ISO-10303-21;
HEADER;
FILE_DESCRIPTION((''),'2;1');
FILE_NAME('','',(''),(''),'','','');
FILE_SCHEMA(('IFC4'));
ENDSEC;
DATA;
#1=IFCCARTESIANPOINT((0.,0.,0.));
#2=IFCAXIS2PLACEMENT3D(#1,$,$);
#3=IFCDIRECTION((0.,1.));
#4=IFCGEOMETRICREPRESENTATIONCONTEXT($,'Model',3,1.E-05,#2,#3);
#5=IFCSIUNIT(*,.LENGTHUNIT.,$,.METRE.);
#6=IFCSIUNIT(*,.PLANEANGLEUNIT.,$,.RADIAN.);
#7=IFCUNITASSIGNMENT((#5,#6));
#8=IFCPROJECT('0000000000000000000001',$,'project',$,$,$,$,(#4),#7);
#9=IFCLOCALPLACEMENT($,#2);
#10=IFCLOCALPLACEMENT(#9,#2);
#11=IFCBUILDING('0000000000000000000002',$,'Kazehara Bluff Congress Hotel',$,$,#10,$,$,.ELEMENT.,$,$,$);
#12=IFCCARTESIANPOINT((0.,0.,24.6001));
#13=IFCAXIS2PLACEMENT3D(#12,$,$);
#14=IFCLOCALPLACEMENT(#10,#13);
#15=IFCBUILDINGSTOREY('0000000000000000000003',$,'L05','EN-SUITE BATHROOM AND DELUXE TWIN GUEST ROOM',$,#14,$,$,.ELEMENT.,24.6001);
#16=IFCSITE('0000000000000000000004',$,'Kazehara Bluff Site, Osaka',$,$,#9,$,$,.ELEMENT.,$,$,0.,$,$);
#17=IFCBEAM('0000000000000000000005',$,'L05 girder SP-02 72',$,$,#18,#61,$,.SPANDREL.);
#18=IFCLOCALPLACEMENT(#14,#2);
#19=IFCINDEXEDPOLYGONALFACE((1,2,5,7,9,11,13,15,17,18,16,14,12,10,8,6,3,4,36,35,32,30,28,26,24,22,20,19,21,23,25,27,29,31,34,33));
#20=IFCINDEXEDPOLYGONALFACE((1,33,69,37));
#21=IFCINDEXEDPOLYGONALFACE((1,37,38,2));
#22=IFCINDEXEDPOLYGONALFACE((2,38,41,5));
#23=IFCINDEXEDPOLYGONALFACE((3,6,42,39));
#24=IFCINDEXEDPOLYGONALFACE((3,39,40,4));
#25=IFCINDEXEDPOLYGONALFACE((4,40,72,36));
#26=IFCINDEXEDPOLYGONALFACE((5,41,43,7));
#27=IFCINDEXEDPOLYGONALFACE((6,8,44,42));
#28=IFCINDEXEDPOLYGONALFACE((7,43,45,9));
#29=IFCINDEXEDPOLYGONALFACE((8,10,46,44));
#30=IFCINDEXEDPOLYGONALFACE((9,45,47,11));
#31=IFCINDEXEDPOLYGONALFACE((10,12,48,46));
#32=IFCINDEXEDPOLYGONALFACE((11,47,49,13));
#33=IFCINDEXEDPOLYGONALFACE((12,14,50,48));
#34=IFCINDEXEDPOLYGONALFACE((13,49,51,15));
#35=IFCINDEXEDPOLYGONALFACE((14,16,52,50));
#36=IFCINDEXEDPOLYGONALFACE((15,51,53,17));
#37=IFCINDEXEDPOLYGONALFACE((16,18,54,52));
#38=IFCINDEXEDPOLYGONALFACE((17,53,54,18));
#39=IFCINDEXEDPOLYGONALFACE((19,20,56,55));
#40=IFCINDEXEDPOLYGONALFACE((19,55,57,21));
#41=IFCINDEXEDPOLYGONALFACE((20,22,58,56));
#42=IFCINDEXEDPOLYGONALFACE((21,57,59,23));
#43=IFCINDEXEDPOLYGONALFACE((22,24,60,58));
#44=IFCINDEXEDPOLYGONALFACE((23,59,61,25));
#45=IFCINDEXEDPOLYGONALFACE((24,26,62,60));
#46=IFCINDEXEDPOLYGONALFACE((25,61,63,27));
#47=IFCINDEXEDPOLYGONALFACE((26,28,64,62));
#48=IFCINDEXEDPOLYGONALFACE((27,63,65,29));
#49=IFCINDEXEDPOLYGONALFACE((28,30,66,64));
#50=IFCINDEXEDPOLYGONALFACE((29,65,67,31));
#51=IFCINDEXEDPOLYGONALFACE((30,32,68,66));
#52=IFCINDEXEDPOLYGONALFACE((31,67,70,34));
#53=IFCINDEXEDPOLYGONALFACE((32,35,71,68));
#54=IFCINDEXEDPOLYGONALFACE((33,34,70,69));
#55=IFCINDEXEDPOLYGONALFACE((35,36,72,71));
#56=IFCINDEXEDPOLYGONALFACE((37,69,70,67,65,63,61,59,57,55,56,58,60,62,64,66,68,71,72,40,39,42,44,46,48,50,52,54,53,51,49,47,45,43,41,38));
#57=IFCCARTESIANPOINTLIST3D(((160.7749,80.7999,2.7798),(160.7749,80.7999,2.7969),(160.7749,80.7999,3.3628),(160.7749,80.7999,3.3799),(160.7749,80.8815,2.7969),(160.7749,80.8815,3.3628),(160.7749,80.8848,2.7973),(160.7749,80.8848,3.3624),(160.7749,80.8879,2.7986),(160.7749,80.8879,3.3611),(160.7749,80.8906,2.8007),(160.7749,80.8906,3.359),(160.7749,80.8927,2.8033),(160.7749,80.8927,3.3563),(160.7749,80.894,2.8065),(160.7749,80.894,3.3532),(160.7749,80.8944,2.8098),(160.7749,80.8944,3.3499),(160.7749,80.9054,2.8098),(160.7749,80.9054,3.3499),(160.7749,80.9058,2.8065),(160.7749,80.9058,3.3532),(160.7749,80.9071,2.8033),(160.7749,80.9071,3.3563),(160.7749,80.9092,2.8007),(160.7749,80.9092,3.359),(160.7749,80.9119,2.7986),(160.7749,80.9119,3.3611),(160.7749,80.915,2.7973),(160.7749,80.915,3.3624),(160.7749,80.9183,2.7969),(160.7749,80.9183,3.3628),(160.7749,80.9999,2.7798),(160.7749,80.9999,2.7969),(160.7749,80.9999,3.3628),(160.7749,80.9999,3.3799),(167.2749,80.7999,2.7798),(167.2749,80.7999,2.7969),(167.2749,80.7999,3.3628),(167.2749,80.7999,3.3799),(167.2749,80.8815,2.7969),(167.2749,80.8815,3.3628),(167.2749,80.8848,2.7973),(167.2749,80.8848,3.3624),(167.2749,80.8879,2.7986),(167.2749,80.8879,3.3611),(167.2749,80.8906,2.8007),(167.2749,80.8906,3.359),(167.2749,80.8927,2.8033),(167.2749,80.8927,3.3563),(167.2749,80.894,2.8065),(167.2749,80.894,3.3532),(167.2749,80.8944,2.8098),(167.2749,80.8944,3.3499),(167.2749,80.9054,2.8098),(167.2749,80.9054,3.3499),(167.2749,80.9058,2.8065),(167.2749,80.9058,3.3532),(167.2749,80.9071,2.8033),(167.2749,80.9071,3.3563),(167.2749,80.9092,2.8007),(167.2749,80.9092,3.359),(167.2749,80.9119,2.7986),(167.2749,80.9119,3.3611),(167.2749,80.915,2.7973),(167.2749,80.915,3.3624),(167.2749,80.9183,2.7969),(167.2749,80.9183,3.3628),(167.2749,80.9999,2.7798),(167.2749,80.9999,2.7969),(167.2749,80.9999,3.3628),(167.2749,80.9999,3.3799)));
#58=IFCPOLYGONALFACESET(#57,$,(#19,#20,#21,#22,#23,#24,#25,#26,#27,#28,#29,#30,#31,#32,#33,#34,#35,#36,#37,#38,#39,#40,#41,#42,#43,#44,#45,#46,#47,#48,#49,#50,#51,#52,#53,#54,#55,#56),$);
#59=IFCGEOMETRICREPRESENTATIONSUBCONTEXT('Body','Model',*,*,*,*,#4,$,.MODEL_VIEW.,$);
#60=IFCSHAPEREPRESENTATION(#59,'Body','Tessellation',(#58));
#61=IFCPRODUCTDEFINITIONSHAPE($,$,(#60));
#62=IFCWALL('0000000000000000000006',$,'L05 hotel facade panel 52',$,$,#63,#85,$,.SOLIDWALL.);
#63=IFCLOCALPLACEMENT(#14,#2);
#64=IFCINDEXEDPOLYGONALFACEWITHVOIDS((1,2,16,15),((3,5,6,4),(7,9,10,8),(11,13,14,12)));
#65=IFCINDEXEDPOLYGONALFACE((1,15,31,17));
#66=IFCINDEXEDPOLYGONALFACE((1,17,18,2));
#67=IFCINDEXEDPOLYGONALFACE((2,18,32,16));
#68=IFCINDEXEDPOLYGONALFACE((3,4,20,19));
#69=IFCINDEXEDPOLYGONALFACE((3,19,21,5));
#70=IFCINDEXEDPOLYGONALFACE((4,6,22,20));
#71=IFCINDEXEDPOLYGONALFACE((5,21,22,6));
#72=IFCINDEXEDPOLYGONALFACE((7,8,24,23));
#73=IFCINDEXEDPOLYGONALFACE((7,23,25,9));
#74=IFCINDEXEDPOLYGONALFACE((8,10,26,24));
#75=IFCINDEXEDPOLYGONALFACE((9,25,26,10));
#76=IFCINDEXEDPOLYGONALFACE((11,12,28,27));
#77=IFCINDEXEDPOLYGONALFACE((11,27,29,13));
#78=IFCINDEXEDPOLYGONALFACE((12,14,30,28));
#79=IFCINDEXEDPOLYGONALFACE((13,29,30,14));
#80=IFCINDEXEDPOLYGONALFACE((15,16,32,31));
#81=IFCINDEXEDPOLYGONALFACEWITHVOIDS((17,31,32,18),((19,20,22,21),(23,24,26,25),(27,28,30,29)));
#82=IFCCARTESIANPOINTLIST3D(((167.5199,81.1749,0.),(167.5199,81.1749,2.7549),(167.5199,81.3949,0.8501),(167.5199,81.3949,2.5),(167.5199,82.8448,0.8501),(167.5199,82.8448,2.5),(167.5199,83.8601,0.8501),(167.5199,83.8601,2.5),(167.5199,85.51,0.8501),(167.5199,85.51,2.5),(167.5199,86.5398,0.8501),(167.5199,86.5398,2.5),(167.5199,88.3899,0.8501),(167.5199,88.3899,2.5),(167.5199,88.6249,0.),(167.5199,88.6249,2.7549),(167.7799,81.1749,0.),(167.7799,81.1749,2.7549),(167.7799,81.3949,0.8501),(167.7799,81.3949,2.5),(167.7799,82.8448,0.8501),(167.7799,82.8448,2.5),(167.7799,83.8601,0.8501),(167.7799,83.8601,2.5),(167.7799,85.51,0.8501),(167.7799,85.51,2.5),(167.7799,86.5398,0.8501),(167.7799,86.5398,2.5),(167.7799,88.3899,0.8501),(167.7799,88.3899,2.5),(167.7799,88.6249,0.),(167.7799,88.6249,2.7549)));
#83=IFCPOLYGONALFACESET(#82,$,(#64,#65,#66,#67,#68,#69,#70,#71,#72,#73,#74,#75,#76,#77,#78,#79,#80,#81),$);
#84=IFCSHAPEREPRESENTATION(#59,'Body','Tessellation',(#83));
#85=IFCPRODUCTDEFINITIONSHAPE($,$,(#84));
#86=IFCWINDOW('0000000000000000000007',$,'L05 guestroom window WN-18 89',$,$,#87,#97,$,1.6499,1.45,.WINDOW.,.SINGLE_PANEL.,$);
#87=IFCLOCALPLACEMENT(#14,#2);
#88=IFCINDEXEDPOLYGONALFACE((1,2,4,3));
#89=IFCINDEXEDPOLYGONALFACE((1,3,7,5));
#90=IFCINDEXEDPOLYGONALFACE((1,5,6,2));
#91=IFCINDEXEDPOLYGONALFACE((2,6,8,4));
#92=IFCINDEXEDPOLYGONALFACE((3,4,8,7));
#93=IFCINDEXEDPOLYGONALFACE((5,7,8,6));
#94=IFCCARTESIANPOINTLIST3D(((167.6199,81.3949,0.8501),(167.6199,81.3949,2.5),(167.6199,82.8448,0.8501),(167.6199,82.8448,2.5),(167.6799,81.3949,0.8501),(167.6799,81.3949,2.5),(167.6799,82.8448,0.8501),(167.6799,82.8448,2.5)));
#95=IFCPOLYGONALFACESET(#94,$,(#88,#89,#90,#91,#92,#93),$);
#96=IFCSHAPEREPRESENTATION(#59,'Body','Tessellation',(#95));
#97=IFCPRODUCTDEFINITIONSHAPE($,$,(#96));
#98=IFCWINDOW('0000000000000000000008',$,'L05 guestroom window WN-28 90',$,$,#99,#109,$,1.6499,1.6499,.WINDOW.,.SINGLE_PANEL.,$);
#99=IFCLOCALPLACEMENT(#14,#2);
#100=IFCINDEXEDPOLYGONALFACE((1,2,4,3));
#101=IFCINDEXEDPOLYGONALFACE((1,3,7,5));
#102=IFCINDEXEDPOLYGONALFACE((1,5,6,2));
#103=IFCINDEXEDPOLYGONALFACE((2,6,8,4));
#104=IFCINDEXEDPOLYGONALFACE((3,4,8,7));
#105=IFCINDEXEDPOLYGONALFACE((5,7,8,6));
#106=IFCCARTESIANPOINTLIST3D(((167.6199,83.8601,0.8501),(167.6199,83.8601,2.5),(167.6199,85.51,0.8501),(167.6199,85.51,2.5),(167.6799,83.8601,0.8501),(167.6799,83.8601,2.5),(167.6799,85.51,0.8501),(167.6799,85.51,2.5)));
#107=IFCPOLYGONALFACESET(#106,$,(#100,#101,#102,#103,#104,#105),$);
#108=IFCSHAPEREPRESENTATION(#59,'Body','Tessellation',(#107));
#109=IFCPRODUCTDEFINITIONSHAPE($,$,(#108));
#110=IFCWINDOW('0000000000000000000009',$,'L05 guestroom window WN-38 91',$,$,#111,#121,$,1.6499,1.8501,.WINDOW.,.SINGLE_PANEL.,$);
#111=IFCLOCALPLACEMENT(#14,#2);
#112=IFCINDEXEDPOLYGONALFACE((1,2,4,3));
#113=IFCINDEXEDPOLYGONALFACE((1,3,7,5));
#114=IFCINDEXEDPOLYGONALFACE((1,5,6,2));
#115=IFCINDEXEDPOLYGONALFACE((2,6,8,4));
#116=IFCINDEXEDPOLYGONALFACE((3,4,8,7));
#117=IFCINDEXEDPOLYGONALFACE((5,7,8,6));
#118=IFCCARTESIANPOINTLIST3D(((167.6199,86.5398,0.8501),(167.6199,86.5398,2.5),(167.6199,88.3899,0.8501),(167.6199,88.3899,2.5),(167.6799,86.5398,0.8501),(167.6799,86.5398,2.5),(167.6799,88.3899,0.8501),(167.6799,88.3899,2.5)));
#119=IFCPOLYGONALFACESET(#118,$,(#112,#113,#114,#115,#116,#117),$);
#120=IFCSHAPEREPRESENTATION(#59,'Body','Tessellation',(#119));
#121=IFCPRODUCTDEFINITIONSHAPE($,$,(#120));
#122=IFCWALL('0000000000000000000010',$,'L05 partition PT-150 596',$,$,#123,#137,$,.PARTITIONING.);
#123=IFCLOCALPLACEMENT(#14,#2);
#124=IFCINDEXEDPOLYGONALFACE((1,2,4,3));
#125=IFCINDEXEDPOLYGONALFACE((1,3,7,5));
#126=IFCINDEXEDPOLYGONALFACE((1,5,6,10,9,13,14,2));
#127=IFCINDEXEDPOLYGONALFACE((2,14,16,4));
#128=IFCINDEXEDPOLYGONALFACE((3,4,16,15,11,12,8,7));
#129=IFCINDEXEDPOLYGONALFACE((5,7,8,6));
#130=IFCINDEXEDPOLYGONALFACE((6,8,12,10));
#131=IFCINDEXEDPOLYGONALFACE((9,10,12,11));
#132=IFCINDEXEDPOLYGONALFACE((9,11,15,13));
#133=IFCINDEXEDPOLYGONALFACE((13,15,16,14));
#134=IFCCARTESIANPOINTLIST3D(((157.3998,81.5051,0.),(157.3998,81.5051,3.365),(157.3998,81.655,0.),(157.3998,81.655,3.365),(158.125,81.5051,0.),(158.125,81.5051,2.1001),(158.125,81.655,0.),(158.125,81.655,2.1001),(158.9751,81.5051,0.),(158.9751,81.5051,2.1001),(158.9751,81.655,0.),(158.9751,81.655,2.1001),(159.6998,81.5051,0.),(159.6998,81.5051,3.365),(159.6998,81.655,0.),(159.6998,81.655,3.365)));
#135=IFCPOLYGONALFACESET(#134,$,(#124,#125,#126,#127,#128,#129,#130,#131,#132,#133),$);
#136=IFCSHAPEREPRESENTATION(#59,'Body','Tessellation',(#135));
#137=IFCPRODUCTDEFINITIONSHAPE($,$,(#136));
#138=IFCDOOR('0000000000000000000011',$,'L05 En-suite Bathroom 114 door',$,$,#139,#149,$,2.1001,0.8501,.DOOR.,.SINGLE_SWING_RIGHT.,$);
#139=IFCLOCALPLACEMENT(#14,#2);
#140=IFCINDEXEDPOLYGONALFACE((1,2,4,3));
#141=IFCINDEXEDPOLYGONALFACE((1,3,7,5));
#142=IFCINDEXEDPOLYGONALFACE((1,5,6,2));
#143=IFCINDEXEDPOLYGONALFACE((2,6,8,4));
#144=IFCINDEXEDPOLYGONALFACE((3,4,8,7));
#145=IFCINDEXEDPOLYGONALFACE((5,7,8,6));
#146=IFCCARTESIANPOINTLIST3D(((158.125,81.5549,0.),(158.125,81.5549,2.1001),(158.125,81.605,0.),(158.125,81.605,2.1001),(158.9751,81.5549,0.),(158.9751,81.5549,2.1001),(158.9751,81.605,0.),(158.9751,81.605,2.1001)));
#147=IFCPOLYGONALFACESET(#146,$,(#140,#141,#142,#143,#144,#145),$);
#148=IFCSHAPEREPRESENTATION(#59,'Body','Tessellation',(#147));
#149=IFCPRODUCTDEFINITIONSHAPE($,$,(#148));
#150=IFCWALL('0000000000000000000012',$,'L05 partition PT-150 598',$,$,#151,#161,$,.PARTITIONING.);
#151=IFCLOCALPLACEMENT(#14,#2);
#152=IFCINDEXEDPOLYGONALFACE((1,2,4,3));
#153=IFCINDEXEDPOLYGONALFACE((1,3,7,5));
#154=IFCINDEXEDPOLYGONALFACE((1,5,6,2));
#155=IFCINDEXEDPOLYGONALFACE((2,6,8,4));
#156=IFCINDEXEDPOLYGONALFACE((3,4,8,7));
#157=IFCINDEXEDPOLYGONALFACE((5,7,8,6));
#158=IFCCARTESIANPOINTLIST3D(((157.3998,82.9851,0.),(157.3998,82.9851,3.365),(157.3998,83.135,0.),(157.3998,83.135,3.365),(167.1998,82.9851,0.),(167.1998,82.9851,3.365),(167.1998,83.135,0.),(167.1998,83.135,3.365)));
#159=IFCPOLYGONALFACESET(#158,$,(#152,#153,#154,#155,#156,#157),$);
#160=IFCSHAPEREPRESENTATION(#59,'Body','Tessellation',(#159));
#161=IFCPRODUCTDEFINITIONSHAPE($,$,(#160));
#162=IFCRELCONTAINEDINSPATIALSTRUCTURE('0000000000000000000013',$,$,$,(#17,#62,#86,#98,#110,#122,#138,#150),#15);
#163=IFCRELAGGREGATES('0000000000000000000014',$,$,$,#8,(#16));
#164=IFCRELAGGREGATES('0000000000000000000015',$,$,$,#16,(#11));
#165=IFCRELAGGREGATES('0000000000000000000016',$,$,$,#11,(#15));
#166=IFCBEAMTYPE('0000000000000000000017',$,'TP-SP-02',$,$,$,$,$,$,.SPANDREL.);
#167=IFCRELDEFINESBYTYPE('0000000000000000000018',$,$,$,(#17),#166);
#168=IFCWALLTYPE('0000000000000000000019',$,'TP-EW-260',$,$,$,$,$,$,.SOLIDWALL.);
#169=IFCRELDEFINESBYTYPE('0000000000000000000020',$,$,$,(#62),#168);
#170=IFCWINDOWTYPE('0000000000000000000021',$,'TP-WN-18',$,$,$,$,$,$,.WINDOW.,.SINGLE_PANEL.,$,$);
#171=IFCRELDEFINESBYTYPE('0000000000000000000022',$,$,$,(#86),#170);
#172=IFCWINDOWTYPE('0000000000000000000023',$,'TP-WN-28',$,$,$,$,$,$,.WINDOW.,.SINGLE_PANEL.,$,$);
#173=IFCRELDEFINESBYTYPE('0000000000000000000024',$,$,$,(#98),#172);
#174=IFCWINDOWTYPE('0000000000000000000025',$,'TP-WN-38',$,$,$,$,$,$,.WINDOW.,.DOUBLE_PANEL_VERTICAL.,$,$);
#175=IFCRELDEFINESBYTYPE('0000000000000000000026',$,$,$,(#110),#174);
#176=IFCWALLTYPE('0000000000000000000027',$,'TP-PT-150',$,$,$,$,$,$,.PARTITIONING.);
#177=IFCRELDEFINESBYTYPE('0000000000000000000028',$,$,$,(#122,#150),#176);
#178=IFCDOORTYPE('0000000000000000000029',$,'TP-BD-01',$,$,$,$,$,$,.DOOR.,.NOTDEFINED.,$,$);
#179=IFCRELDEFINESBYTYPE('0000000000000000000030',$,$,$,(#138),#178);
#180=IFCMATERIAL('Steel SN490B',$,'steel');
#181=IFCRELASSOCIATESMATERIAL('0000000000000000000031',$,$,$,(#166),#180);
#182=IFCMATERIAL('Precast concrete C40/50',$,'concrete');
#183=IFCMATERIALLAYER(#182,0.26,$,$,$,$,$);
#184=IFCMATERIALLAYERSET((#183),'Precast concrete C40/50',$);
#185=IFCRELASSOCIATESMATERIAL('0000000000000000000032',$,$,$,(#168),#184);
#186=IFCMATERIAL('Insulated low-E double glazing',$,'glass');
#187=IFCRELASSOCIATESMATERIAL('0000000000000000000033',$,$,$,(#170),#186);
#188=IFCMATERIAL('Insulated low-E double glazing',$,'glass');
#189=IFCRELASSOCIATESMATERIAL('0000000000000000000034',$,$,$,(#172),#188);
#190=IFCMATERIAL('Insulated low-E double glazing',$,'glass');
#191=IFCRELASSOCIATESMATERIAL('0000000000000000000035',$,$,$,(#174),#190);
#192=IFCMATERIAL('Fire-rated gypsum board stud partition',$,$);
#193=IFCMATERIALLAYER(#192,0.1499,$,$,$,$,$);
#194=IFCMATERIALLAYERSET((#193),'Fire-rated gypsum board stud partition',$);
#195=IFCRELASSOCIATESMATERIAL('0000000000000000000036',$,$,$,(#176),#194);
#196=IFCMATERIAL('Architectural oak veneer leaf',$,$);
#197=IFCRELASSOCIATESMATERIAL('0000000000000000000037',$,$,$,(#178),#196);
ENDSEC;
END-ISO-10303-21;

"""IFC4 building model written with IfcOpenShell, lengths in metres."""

from ifc_helpers import new_model, si_unit, direction, frame, frame_2d, origin, origin_2d, place, context, subcontext, project, spatial, rectangle, i_section, extrude, material, layer, layer_set, material_profile, profile_set, type_object, element, fill, save


model = new_model("IFC4")

# Units and contexts
model_context = context("Model", 3, precision=1e-05, world=origin(), true_north=direction((0.0, 1.0)))
body_context = subcontext(model_context, "Body", "Model", "MODEL_VIEW")
ifc_project = project(units=[si_unit("LENGTHUNIT", "METRE"), si_unit("PLANEANGLEUNIT", "RADIAN")], contexts=[model_context])

# Site, building, storey
site_placement = place(None, origin())
site = spatial("IfcSite", under=ifc_project, at=site_placement, Name="Kazehara Bluff Site, Osaka", CompositionType="ELEMENT", RefElevation=0.0)
building_placement = place(site_placement, origin())
building = spatial("IfcBuilding", under=site, at=building_placement, Name="Kazehara Bluff Congress Hotel", CompositionType="ELEMENT")
storey_placement = place(building_placement, frame((0.0, 0.0, 24.6001)))
storey = spatial("IfcBuildingStorey", under=building, at=storey_placement, Name="L05", Description="EN-SUITE BATHROOM AND DELUXE TWIN GUEST ROOM", CompositionType="ELEMENT", Elevation=24.6001)

# Beam
ifc_material_1 = material(Name="Steel SN490B", Category="steel")
ifc_material_profile_1 = material_profile(ifc_material_1, i_section(OverallWidth=0.2, OverallDepth=0.6001, WebThickness=0.011, FlangeThickness=0.0171, FilletRadius=0.0129, at=origin_2d()))
ifc_profile_set_1 = profile_set([ifc_material_profile_1], Name="Steel SN490B")
beam_type_1 = type_object("IfcBeamType", Name="TP-SP-02", PredefinedType="SPANDREL", material=ifc_profile_set_1)
beam_1_placement = place(storey_placement, frame((160.7749, 80.8999, 3.0798), z_axis=(1.0, 0.0, 0.0), x_axis=(0.0, 1.0, 0.0)))
element("IfcBeam", 1, at=beam_1_placement, inside=storey, type_object=beam_type_1, Name="L05 girder SP-02 72", PredefinedType="SPANDREL", context=body_context, shape_type="SweptSolid", body=[
    extrude(i_section(OverallWidth=0.2, OverallDepth=0.6001, WebThickness=0.011, FlangeThickness=0.0171, FilletRadius=0.0129, at=origin_2d()), origin(), (0.0, 0.0, 1.0), 6.5),
])

# Wall, openings, windows
ifc_material_2 = material(Name="Precast concrete C40/50", Category="concrete")
ifc_layer_1 = layer(ifc_material_2, 0.26)
ifc_layer_set_1 = layer_set([ifc_layer_1], Name="Precast concrete C40/50")
wall_type_1 = type_object("IfcWallType", Name="TP-EW-260", PredefinedType="SOLIDWALL", material=ifc_layer_set_1)
wall_1_placement = place(storey_placement, frame((167.6499, 88.625, 0.0), z_axis=(0.0, 0.0, 1.0), x_axis=(0.0, -1.0, 0.0)))
wall_1 = element("IfcWall", 2, at=wall_1_placement, inside=storey, type_object=wall_type_1, Name="L05 hotel facade panel 52", PredefinedType="SOLIDWALL", context=body_context, shape_type="SweptSolid", body=[
    extrude(rectangle(XDim=7.45, YDim=0.26, at=frame_2d((3.7251, 0.0))), origin(), (0.0, 0.0, 1.0), 2.7549),
])
opening_1_placement = place(wall_1_placement, frame((5.78, 0.0, 0.8501)))
opening_1 = element("IfcOpeningElement", 3, at=opening_1_placement, cuts=wall_1, PredefinedType="OPENING", context=body_context, shape_type="SweptSolid", body=[
    extrude(rectangle(XDim=1.45, YDim=1.6499, at=frame_2d((0.7251, 0.825))), frame((0.0, 0.1399, 0.0), z_axis=(0.0, -1.0, 0.0), x_axis=(1.0, 0.0, 0.0)), (0.0, 0.0, 1.0), 0.28),
])
opening_2_placement = place(wall_1_placement, frame((3.115, 0.0, 0.8501)))
opening_2 = element("IfcOpeningElement", 4, at=opening_2_placement, cuts=wall_1, PredefinedType="OPENING", context=body_context, shape_type="SweptSolid", body=[
    extrude(rectangle(XDim=1.6499, YDim=1.6499, at=frame_2d((0.825, 0.825))), frame((0.0, 0.1399, 0.0), z_axis=(0.0, -1.0, 0.0), x_axis=(1.0, 0.0, 0.0)), (0.0, 0.0, 1.0), 0.28),
])
opening_3_placement = place(wall_1_placement, frame((0.2351, 0.0, 0.8501)))
opening_3 = element("IfcOpeningElement", 5, at=opening_3_placement, cuts=wall_1, PredefinedType="OPENING", context=body_context, shape_type="SweptSolid", body=[
    extrude(rectangle(XDim=1.8501, YDim=1.6499, at=frame_2d((0.925, 0.825))), frame((0.0, 0.1399, 0.0), z_axis=(0.0, -1.0, 0.0), x_axis=(1.0, 0.0, 0.0)), (0.0, 0.0, 1.0), 0.28),
])
ifc_material_3 = material(Name="Insulated low-E double glazing", Category="glass")
window_type_1 = type_object("IfcWindowType", Name="TP-WN-18", PartitioningType="SINGLE_PANEL", PredefinedType="WINDOW", material=ifc_material_3)
window_1_placement = place(opening_1_placement, origin())
window_1 = element("IfcWindow", 6, at=window_1_placement, inside=storey, type_object=window_type_1, Name="L05 guestroom window WN-18 89", OverallHeight=1.6499, OverallWidth=1.45, PartitioningType="SINGLE_PANEL", PredefinedType="WINDOW", context=body_context, shape_type="SweptSolid", body=[
    extrude(rectangle(XDim=1.45, YDim=1.6499, at=frame_2d((0.7251, 0.825))), frame((0.0, 0.03, 0.0), z_axis=(0.0, -1.0, 0.0), x_axis=(1.0, 0.0, 0.0)), (0.0, 0.0, 1.0), 0.0601),
])
fill(opening_1, window_1)
ifc_material_4 = material(Name="Insulated low-E double glazing", Category="glass")
window_type_2 = type_object("IfcWindowType", Name="TP-WN-28", PartitioningType="SINGLE_PANEL", PredefinedType="WINDOW", material=ifc_material_4)
window_2_placement = place(opening_2_placement, origin())
window_2 = element("IfcWindow", 7, at=window_2_placement, inside=storey, type_object=window_type_2, Name="L05 guestroom window WN-28 90", OverallHeight=1.6499, OverallWidth=1.6499, PartitioningType="SINGLE_PANEL", PredefinedType="WINDOW", context=body_context, shape_type="SweptSolid", body=[
    extrude(rectangle(XDim=1.6499, YDim=1.6499, at=frame_2d((0.825, 0.825))), frame((0.0, 0.03, 0.0), z_axis=(0.0, -1.0, 0.0), x_axis=(1.0, 0.0, 0.0)), (0.0, 0.0, 1.0), 0.0601),
])
fill(opening_2, window_2)
ifc_material_5 = material(Name="Insulated low-E double glazing", Category="glass")
window_type_3 = type_object("IfcWindowType", Name="TP-WN-38", PartitioningType="DOUBLE_PANEL_VERTICAL", PredefinedType="WINDOW", material=ifc_material_5)
window_3_placement = place(opening_3_placement, origin())
window_3 = element("IfcWindow", 8, at=window_3_placement, inside=storey, type_object=window_type_3, Name="L05 guestroom window WN-38 91", OverallHeight=1.6499, OverallWidth=1.8501, PartitioningType="SINGLE_PANEL", PredefinedType="WINDOW", context=body_context, shape_type="SweptSolid", body=[
    extrude(rectangle(XDim=1.8501, YDim=1.6499, at=frame_2d((0.925, 0.825))), frame((0.0, 0.03, 0.0), z_axis=(0.0, -1.0, 0.0), x_axis=(1.0, 0.0, 0.0)), (0.0, 0.0, 1.0), 0.0601),
])
fill(opening_3, window_3)

# Wall, opening, door
ifc_material_6 = material(Name="Fire-rated gypsum board stud partition")
ifc_layer_2 = layer(ifc_material_6, 0.1499)
ifc_layer_set_2 = layer_set([ifc_layer_2], Name="Fire-rated gypsum board stud partition")
wall_type_2 = type_object("IfcWallType", Name="TP-PT-150", PredefinedType="PARTITIONING", material=ifc_layer_set_2)
wall_2_placement = place(storey_placement, frame((157.3999, 81.5801, 0.0), z_axis=(0.0, 0.0, 1.0), x_axis=(1.0, 0.0, 0.0)))
wall_2 = element("IfcWall", 9, at=wall_2_placement, inside=storey, type_object=wall_type_2, Name="L05 partition PT-150 596", PredefinedType="PARTITIONING", context=body_context, shape_type="SweptSolid", body=[
    extrude(rectangle(XDim=2.3, YDim=0.1499, at=frame_2d((1.1499, 0.0))), origin(), (0.0, 0.0, 1.0), 3.365),
])
opening_4_placement = place(wall_2_placement, frame((0.7251, 0.0, 0.0)))
opening_4 = element("IfcOpeningElement", 10, at=opening_4_placement, cuts=wall_2, PredefinedType="OPENING", context=body_context, shape_type="SweptSolid", body=[
    extrude(rectangle(XDim=0.8501, YDim=2.1001, at=frame_2d((0.425, 1.05))), frame((0.0, 0.085, 0.0), z_axis=(0.0, -1.0, 0.0), x_axis=(1.0, 0.0, 0.0)), (0.0, 0.0, 1.0), 0.1699),
])
ifc_material_7 = material(Name="Architectural oak veneer leaf")
door_type = type_object("IfcDoorType", Name="TP-BD-01", OperationType="NOTDEFINED", PredefinedType="DOOR", material=ifc_material_7)
door_1_placement = place(opening_4_placement, origin())
door_1 = element("IfcDoor", 11, at=door_1_placement, inside=storey, type_object=door_type, Name="L05 En-suite Bathroom 114 door", OperationType="SINGLE_SWING_RIGHT", OverallHeight=2.1001, OverallWidth=0.8501, PredefinedType="DOOR", context=body_context, shape_type="SweptSolid", body=[
    extrude(rectangle(XDim=0.8501, YDim=2.1001, at=frame_2d((0.425, 1.05))), frame((0.0, 0.0249, 0.0), z_axis=(0.0, -1.0, 0.0), x_axis=(1.0, 0.0, 0.0)), (0.0, 0.0, 1.0), 0.05),
])
fill(opening_4, door_1)

# Wall
wall_3_placement = place(storey_placement, frame((157.3999, 83.0601, 0.0), z_axis=(0.0, 0.0, 1.0), x_axis=(1.0, 0.0, 0.0)))
element("IfcWall", 12, at=wall_3_placement, inside=storey, type_object=wall_type_2, Name="L05 partition PT-150 598", PredefinedType="PARTITIONING", context=body_context, shape_type="SweptSolid", body=[
    extrude(rectangle(XDim=9.8, YDim=0.1499, at=frame_2d((4.8999, 0.0))), origin(), (0.0, 0.0, 1.0), 3.365),
])

save(model, "model.ifc")
